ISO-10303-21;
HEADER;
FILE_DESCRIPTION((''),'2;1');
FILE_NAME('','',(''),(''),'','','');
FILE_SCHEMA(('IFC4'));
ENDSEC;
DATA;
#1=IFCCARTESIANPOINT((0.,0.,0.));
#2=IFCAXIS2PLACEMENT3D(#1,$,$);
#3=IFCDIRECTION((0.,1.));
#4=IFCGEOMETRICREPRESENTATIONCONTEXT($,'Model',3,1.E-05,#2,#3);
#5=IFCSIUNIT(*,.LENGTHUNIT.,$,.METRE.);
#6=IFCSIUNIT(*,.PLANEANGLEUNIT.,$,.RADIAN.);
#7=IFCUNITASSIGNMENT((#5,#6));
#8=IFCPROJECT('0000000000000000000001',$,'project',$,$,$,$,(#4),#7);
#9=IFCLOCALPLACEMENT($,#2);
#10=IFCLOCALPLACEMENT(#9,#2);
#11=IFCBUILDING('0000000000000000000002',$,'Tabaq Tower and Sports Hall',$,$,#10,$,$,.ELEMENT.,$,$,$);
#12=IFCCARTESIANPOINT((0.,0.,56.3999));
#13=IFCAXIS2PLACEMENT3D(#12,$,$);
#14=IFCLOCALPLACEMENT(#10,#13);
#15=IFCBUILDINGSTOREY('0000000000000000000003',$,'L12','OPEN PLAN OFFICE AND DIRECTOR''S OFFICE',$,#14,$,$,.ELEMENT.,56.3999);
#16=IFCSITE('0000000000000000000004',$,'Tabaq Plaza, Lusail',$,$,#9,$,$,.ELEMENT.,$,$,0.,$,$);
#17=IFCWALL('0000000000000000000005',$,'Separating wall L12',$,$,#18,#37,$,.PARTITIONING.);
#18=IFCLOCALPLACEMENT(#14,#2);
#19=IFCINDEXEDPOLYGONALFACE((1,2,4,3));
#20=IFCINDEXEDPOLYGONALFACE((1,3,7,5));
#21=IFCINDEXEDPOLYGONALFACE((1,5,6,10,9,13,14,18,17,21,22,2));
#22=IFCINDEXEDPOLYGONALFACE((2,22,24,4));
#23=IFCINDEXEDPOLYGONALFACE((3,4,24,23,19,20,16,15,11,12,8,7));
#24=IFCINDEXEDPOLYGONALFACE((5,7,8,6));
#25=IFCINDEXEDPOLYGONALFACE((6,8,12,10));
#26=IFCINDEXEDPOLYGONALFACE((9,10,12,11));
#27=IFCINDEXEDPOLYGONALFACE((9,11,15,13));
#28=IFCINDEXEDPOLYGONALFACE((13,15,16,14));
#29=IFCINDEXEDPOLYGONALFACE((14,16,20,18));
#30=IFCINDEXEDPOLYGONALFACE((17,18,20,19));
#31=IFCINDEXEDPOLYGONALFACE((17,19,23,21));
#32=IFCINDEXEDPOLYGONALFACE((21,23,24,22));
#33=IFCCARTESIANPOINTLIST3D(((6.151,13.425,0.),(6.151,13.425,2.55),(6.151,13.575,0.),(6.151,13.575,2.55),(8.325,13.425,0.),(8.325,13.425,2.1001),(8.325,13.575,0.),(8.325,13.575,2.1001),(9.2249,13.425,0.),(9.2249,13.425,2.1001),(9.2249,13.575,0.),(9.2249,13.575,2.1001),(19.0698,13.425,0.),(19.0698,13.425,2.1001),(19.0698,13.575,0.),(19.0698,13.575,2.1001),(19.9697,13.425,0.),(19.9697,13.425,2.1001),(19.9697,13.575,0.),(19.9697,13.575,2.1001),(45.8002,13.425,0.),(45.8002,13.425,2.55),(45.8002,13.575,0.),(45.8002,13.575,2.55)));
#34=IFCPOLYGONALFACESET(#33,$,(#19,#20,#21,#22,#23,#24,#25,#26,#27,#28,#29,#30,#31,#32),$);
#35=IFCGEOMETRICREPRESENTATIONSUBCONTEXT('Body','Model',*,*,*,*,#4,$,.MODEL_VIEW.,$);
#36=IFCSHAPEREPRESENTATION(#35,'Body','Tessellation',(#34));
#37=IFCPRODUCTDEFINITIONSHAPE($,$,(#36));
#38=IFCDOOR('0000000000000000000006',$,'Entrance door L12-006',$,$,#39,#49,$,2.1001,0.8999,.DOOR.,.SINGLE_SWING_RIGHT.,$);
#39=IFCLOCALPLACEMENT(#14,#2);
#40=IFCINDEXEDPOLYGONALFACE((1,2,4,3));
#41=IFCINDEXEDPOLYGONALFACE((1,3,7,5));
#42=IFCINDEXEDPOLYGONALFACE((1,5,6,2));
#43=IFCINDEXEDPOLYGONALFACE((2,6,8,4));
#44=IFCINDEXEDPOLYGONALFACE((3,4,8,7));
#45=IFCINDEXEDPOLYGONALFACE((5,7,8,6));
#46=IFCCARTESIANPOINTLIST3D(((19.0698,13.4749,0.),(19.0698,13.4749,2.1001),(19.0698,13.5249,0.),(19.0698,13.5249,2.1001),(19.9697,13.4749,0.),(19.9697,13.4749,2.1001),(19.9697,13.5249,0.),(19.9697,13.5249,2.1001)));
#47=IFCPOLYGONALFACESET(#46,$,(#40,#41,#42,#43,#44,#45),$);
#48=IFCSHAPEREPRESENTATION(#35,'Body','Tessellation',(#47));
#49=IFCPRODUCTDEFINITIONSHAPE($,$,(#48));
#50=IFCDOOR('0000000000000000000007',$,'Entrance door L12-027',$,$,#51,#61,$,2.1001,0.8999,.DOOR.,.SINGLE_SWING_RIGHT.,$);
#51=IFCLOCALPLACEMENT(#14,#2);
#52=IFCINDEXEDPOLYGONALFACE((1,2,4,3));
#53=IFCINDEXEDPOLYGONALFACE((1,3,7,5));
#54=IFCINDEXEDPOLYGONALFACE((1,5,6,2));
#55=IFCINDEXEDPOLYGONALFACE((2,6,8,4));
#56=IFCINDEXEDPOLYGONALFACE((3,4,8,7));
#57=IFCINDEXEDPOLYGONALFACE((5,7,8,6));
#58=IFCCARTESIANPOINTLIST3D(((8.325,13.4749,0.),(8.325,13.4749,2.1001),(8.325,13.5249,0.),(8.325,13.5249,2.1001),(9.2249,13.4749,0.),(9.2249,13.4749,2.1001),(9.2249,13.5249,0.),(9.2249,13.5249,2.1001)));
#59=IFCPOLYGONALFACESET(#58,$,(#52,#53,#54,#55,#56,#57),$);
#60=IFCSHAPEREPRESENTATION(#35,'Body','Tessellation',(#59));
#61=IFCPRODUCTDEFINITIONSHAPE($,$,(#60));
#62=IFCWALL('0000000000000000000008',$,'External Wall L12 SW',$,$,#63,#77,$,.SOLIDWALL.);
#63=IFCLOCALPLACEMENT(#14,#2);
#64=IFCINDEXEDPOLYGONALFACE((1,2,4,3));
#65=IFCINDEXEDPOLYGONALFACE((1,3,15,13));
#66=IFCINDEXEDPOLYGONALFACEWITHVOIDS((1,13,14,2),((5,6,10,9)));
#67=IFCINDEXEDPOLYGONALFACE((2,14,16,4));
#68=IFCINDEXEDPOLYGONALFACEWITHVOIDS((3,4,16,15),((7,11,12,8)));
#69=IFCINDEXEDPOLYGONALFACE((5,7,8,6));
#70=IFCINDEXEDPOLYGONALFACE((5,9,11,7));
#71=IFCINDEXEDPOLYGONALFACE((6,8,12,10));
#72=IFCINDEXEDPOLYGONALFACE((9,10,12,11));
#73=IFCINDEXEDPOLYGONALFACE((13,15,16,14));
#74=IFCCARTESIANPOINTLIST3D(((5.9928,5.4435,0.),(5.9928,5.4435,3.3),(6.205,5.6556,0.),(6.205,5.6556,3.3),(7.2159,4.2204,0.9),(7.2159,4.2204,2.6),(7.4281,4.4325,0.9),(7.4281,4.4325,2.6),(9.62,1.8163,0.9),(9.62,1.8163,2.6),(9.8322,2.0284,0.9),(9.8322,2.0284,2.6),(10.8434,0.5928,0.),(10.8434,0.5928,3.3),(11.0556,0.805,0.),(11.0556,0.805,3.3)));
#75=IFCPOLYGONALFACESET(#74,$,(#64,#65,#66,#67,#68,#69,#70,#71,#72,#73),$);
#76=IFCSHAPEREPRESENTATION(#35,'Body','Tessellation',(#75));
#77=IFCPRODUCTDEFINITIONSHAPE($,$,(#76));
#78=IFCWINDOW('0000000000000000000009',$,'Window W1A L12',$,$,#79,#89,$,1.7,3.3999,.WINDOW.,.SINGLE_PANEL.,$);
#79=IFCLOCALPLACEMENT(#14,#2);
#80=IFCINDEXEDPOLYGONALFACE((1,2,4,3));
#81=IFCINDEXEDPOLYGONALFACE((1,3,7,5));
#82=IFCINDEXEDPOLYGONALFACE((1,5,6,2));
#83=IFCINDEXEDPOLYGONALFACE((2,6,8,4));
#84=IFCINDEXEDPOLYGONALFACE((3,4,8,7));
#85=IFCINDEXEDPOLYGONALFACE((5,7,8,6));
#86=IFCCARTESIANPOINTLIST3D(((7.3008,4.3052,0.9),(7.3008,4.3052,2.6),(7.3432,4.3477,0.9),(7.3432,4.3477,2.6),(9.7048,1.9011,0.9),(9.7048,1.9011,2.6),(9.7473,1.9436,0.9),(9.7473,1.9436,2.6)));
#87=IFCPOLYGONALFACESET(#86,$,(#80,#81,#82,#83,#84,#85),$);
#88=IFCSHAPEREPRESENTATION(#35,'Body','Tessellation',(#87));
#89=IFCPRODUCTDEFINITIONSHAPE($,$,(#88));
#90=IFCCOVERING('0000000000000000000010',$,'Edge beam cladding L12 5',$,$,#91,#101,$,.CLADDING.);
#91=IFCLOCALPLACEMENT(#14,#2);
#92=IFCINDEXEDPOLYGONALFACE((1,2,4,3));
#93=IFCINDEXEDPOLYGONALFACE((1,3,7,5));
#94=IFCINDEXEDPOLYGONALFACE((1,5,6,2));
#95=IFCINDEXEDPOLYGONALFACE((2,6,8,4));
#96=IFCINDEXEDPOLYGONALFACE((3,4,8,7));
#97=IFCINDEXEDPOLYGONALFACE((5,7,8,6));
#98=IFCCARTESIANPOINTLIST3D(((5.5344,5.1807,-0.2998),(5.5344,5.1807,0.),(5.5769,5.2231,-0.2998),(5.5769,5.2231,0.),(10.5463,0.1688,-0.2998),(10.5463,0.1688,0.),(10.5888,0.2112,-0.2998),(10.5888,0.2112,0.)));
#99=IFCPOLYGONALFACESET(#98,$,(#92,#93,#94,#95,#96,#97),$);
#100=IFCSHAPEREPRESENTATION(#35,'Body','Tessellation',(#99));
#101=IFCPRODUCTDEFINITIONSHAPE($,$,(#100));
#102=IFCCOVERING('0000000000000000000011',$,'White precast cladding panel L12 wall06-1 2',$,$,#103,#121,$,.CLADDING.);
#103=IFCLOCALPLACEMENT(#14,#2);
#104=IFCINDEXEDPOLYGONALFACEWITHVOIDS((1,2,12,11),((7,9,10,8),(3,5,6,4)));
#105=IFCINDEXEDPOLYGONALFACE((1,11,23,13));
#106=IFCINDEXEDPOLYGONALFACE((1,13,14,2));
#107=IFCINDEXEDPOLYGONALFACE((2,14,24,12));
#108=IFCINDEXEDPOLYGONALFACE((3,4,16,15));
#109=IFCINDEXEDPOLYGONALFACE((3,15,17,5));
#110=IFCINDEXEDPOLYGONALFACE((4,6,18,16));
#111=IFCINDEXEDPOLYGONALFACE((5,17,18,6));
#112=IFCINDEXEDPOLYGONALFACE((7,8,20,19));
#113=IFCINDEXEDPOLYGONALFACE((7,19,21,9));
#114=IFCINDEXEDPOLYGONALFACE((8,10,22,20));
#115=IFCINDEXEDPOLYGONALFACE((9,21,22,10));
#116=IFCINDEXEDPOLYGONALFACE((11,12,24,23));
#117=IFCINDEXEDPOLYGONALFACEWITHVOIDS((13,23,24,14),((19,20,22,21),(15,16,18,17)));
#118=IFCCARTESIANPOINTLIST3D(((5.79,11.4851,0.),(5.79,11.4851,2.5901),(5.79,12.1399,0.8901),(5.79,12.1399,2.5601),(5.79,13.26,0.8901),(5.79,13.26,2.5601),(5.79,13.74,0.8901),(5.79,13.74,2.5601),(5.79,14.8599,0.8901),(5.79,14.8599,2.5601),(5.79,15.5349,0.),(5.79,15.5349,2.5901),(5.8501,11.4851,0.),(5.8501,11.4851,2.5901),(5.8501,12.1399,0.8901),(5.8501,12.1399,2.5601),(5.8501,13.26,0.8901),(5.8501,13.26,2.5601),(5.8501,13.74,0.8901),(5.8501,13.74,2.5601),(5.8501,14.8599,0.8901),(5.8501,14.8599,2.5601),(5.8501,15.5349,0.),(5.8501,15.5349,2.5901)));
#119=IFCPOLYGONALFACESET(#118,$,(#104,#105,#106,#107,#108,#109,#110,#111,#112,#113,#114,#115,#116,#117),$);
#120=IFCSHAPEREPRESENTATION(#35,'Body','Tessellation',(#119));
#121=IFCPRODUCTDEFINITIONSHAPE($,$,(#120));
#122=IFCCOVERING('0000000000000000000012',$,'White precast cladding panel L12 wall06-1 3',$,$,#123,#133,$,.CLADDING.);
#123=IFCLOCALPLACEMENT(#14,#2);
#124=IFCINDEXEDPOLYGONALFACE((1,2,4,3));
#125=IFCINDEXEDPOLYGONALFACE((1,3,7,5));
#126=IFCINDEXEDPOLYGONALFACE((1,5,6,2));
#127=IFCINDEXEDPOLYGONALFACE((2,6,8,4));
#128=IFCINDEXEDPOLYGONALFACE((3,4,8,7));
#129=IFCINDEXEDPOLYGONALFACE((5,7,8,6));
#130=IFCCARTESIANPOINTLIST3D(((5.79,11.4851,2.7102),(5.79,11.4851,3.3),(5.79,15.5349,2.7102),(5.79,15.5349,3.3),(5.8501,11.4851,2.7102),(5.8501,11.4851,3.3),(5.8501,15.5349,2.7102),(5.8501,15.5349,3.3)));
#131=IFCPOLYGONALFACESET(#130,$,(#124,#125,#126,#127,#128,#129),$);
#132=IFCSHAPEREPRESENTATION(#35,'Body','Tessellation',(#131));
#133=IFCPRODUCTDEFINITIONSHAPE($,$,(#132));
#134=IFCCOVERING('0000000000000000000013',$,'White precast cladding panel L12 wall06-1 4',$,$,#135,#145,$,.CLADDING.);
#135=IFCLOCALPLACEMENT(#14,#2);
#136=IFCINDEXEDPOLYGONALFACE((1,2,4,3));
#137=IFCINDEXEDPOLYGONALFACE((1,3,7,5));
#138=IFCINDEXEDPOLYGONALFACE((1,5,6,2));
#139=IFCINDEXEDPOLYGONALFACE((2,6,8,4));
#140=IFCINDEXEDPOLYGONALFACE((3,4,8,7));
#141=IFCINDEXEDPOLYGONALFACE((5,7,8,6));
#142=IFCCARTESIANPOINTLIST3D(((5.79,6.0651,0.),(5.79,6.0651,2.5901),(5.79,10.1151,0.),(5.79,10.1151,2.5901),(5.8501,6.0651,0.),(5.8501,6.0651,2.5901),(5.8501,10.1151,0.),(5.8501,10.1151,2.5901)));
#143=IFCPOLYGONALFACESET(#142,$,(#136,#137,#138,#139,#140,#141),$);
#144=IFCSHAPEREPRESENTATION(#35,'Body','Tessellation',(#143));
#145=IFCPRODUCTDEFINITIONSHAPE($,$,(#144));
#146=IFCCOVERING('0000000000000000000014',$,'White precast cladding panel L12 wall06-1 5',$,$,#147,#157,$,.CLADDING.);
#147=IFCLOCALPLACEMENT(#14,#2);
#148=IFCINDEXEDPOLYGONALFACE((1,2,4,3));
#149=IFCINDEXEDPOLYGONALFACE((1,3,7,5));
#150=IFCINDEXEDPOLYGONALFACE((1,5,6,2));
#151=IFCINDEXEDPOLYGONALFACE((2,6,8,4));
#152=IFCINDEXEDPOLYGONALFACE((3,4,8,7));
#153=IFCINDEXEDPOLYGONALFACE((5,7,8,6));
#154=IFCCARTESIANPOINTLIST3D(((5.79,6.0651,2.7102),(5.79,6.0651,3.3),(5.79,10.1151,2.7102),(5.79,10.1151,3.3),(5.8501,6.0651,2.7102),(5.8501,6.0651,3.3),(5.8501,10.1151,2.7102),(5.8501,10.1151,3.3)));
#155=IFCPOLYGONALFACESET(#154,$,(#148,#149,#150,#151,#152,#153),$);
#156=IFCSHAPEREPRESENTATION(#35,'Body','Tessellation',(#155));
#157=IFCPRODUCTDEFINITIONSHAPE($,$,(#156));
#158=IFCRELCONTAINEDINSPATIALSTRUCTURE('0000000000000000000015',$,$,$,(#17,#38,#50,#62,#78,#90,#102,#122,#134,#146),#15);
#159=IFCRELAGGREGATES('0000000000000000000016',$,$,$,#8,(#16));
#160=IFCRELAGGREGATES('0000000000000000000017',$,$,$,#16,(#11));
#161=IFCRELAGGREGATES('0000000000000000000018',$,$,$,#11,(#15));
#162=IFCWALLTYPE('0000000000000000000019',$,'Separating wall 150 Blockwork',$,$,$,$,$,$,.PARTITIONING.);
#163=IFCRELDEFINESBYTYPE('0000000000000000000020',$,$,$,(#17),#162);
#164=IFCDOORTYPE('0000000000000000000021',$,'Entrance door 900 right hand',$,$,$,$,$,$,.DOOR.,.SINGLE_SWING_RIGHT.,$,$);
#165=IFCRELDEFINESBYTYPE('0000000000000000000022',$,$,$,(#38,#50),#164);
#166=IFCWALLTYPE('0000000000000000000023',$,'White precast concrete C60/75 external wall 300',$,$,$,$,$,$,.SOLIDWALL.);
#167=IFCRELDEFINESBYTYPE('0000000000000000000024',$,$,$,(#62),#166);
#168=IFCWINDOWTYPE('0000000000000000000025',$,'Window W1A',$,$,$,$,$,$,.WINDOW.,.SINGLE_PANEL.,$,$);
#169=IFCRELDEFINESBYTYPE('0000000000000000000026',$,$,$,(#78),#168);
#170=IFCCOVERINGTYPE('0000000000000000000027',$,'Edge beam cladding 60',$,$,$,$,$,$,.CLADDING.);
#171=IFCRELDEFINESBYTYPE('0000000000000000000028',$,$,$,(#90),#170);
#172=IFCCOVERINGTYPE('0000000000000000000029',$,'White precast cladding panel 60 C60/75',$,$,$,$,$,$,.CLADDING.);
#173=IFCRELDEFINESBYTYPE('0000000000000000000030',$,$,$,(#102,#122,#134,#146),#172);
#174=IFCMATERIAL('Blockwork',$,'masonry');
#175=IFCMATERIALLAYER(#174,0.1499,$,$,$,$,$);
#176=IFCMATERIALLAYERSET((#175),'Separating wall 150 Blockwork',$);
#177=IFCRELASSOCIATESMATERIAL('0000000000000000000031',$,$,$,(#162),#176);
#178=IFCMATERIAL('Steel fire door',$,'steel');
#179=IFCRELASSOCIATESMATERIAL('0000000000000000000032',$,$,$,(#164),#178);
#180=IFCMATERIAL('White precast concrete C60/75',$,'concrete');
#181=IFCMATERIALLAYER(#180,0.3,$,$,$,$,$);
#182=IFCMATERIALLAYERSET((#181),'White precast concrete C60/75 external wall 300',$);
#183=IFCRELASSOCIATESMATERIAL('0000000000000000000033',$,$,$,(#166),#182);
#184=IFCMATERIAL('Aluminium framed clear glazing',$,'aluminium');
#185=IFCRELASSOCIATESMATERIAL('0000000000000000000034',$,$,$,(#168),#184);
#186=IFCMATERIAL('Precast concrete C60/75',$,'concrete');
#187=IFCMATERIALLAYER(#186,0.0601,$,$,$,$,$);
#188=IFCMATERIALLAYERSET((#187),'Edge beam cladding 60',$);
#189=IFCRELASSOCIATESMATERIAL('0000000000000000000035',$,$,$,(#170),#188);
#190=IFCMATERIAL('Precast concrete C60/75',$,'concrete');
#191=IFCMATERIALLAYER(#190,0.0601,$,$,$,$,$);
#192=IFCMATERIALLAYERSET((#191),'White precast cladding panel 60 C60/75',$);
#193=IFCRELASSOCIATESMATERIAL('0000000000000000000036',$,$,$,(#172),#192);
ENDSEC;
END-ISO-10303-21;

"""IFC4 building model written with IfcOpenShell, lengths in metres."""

from ifc_helpers import new_model, si_unit, direction, frame, frame_2d, origin, place, context, subcontext, project, spatial, polyline, rectangle, outline, extrude, material, layer, layer_set, type_object, element, fill, save


model = new_model("IFC4")

# Units and contexts
model_context = context("Model", 3, precision=1e-05, world=origin(), true_north=direction((0.0, 1.0)))
body_context = subcontext(model_context, "Body", "Model", "MODEL_VIEW")
ifc_project = project(units=[si_unit("LENGTHUNIT", "METRE"), si_unit("PLANEANGLEUNIT", "RADIAN")], contexts=[model_context])

# Site, building, storey
site_placement = place(None, origin())
site = spatial("IfcSite", under=ifc_project, at=site_placement, Name="Tabaq Plaza, Lusail", CompositionType="ELEMENT", RefElevation=0.0)
building_placement = place(site_placement, origin())
building = spatial("IfcBuilding", under=site, at=building_placement, Name="Tabaq Tower and Sports Hall", CompositionType="ELEMENT")
storey_placement = place(building_placement, frame((0.0, 0.0, 56.3999)))
storey = spatial("IfcBuildingStorey", under=building, at=storey_placement, Name="L12", Description="OPEN PLAN OFFICE AND DIRECTOR'S OFFICE", CompositionType="ELEMENT", Elevation=56.3999)

# Wall, openings, doors
ifc_material_1 = material(Name="Blockwork", Category="masonry")
ifc_layer_1 = layer(ifc_material_1, 0.1499)
ifc_layer_set_1 = layer_set([ifc_layer_1], Name="Separating wall 150 Blockwork")
wall_type_1 = type_object("IfcWallType", Name="Separating wall 150 Blockwork", PredefinedType="PARTITIONING", material=ifc_layer_set_1)
wall_1_placement = place(storey_placement, frame((6.1509, 13.5, 0.0), z_axis=(0.0, 0.0, 1.0), x_axis=(1.0, 0.0, 0.0)))
wall_1 = element("IfcWall", 1, at=wall_1_placement, inside=storey, type_object=wall_type_1, Name="Separating wall L12", PredefinedType="PARTITIONING", context=body_context, shape_type="SweptSolid", body=[
    extrude(rectangle(XDim=39.6492, YDim=0.1499, at=frame_2d((19.8247, 0.0))), origin(), (0.0, 0.0, 1.0), 2.55),
])
opening_1_placement = place(wall_1_placement, frame((12.9189, 0.0, 0.0)))
opening_1 = element("IfcOpeningElement", 2, at=opening_1_placement, cuts=wall_1, PredefinedType="OPENING", context=body_context, shape_type="SweptSolid", body=[
    extrude(rectangle(XDim=0.8999, YDim=2.1001, at=frame_2d((0.45, 1.05))), frame((0.0, 0.075, 0.0), z_axis=(0.0, -1.0, 0.0), x_axis=(1.0, 0.0, 0.0)), (0.0, 0.0, 1.0), 0.1499),
])
opening_2_placement = place(wall_1_placement, frame((2.1741, 0.0, 0.0)))
opening_2 = element("IfcOpeningElement", 3, at=opening_2_placement, cuts=wall_1, PredefinedType="OPENING", context=body_context, shape_type="SweptSolid", body=[
    extrude(rectangle(XDim=0.8999, YDim=2.1001, at=frame_2d((0.45, 1.05))), frame((0.0, 0.075, 0.0), z_axis=(0.0, -1.0, 0.0), x_axis=(1.0, 0.0, 0.0)), (0.0, 0.0, 1.0), 0.1499),
])
ifc_material_2 = material(Name="Steel fire door", Category="steel")
door_type_1 = type_object("IfcDoorType", Name="Entrance door 900 right hand", OperationType="SINGLE_SWING_RIGHT", PredefinedType="DOOR", material=ifc_material_2)
door_1_placement = place(opening_1_placement, origin())
door_1 = element("IfcDoor", 4, at=door_1_placement, inside=storey, type_object=door_type_1, Name="Entrance door L12-006", OperationType="SINGLE_SWING_RIGHT", OverallHeight=2.1001, OverallWidth=0.8999, PredefinedType="DOOR", context=body_context, shape_type="SweptSolid", body=[
    extrude(rectangle(XDim=0.8999, YDim=2.1001, at=frame_2d((0.45, 1.05))), frame((0.0, 0.0249, 0.0), z_axis=(0.0, -1.0, 0.0), x_axis=(1.0, 0.0, 0.0)), (0.0, 0.0, 1.0), 0.05),
])
fill(opening_1, door_1)
door_2_placement = place(opening_2_placement, origin())
door_2 = element("IfcDoor", 5, at=door_2_placement, inside=storey, type_object=door_type_1, Name="Entrance door L12-027", OperationType="SINGLE_SWING_RIGHT", OverallHeight=2.1001, OverallWidth=0.8999, PredefinedType="DOOR", context=body_context, shape_type="SweptSolid", body=[
    extrude(rectangle(XDim=0.8999, YDim=2.1001, at=frame_2d((0.45, 1.05))), frame((0.0, 0.0249, 0.0), z_axis=(0.0, -1.0, 0.0), x_axis=(1.0, 0.0, 0.0)), (0.0, 0.0, 1.0), 0.05),
])
fill(opening_2, door_2)

# Wall, opening, window
ifc_material_3 = material(Name="White precast concrete C60/75", Category="concrete")
ifc_layer_2 = layer(ifc_material_3, 0.3)
ifc_layer_set_2 = layer_set([ifc_layer_2], Name="White precast concrete C60/75 external wall 300")
wall_type_2 = type_object("IfcWallType", Name="White precast concrete C60/75 external wall 300", PredefinedType="SOLIDWALL", material=ifc_layer_set_2)
wall_2_placement = place(storey_placement, frame((6.0989, 5.5496, 0.0), z_axis=(0.0, 0.0, 1.0), x_axis=(0.707107, -0.707107, 0.0)))
wall_2 = element("IfcWall", 6, at=wall_2_placement, inside=storey, type_object=wall_type_2, Name="External Wall L12 SW", PredefinedType="SOLIDWALL", context=body_context, shape_type="SweptSolid", body=[
    extrude(rectangle(XDim=6.8599, YDim=0.3, at=frame_2d((3.4299, 0.0))), origin(), (0.0, 0.0, 1.0), 3.3),
])
opening_3_placement = place(wall_2_placement, frame((1.7297, 0.0, 0.8999)))
opening_3 = element("IfcOpeningElement", 7, at=opening_3_placement, cuts=wall_2, PredefinedType="OPENING", context=body_context, shape_type="SweptSolid", body=[
    extrude(rectangle(XDim=3.3999, YDim=1.7, at=frame_2d((1.7, 0.8501))), frame((0.0, 0.1602, 0.0), z_axis=(0.0, -1.0, 0.0), x_axis=(1.0, 0.0, 0.0)), (0.0, 0.0, 1.0), 0.3201),
])
ifc_material_4 = material(Name="Aluminium framed clear glazing", Category="aluminium")
window_type = type_object("IfcWindowType", Name="Window W1A", PartitioningType="SINGLE_PANEL", PredefinedType="WINDOW", material=ifc_material_4)
window_placement = place(opening_3_placement, origin())
window = element("IfcWindow", 8, at=window_placement, inside=storey, type_object=window_type, Name="Window W1A L12", OverallHeight=1.7, OverallWidth=3.3999, PartitioningType="SINGLE_PANEL", PredefinedType="WINDOW", context=body_context, shape_type="SweptSolid", body=[
    extrude(rectangle(XDim=3.3999, YDim=1.7, at=frame_2d((1.7, 0.8501))), frame((0.0, 0.03, 0.0), z_axis=(0.0, -1.0, 0.0), x_axis=(1.0, 0.0, 0.0)), (0.0, 0.0, 1.0), 0.0601),
])
fill(opening_3, window)

# Coverings
ifc_material_5 = material(Name="Precast concrete C60/75", Category="concrete")
ifc_layer_3 = layer(ifc_material_5, 0.0601)
ifc_layer_set_3 = layer_set([ifc_layer_3], Name="Edge beam cladding 60")
covering_type_1 = type_object("IfcCoveringType", Name="Edge beam cladding 60", PredefinedType="CLADDING", material=ifc_layer_set_3)
covering_1_placement = place(storey_placement, frame((5.5557, 5.2019, -0.2998), z_axis=(0.0, 0.0, 1.0), x_axis=(0.707107, -0.707107, 0.0)))
element("IfcCovering", 9, at=covering_1_placement, inside=storey, type_object=covering_type_1, Name="Edge beam cladding L12 5", PredefinedType="CLADDING", context=body_context, shape_type="SweptSolid", body=[
    extrude(rectangle(XDim=7.0879, YDim=0.0601, at=frame_2d((3.5439, 0.0))), origin(), (0.0, 0.0, 1.0), 0.2998),
])
ifc_material_6 = material(Name="Precast concrete C60/75", Category="concrete")
ifc_layer_4 = layer(ifc_material_6, 0.0601)
ifc_layer_set_4 = layer_set([ifc_layer_4], Name="White precast cladding panel 60 C60/75")
covering_type_2 = type_object("IfcCoveringType", Name="White precast cladding panel 60 C60/75", PredefinedType="CLADDING", material=ifc_layer_set_4)
covering_2_placement = place(storey_placement, frame((5.8201, 15.5349, 0.0), z_axis=(0.0, 0.0, 1.0), x_axis=(0.0, -1.0, 0.0)))
element("IfcCovering", 10, at=covering_2_placement, inside=storey, type_object=covering_type_2, Name="White precast cladding panel L12 wall06-1 2", PredefinedType="CLADDING", context=body_context, shape_type="SweptSolid", body=[
    extrude(outline(polyline([(0.0, 0.0), (4.0498, 0.0), (4.0498, 2.5901), (0.0, 2.5901), (0.0, 0.0)]), holes=[polyline([(0.675, 0.8901), (0.675, 2.5601), (1.7949, 2.5601), (1.7949, 0.8901), (0.675, 0.8901)]), polyline([(2.2749, 0.8901), (2.2749, 2.5601), (3.395, 2.5601), (3.395, 0.8901), (2.2749, 0.8901)])]), frame((0.0, 0.03, 0.0), z_axis=(0.0, -1.0, 0.0), x_axis=(1.0, 0.0, 0.0)), (0.0, 0.0, 1.0), 0.0601),
])
covering_3_placement = place(storey_placement, frame((5.8201, 15.5349, 2.7102), z_axis=(0.0, 0.0, 1.0), x_axis=(0.0, -1.0, 0.0)))
element("IfcCovering", 11, at=covering_3_placement, inside=storey, type_object=covering_type_2, Name="White precast cladding panel L12 wall06-1 3", PredefinedType="CLADDING", context=body_context, shape_type="SweptSolid", body=[
    extrude(rectangle(XDim=4.0498, YDim=0.0601, at=frame_2d((2.0249, 0.0))), origin(), (0.0, 0.0, 1.0), 0.5898),
])
covering_4_placement = place(storey_placement, frame((5.8201, 10.115, 0.0), z_axis=(0.0, 0.0, 1.0), x_axis=(0.0, -1.0, 0.0)))
element("IfcCovering", 12, at=covering_4_placement, inside=storey, type_object=covering_type_2, Name="White precast cladding panel L12 wall06-1 4", PredefinedType="CLADDING", context=body_context, shape_type="SweptSolid", body=[
    extrude(rectangle(XDim=4.05, YDim=0.0601, at=frame_2d((2.0249, 0.0))), origin(), (0.0, 0.0, 1.0), 2.5901),
])
covering_5_placement = place(storey_placement, frame((5.8201, 10.115, 2.7102), z_axis=(0.0, 0.0, 1.0), x_axis=(0.0, -1.0, 0.0)))
element("IfcCovering", 13, at=covering_5_placement, inside=storey, type_object=covering_type_2, Name="White precast cladding panel L12 wall06-1 5", PredefinedType="CLADDING", context=body_context, shape_type="SweptSolid", body=[
    extrude(rectangle(XDim=4.05, YDim=0.0601, at=frame_2d((2.0249, 0.0))), origin(), (0.0, 0.0, 1.0), 0.5898),
])

save(model, "model.ifc")
